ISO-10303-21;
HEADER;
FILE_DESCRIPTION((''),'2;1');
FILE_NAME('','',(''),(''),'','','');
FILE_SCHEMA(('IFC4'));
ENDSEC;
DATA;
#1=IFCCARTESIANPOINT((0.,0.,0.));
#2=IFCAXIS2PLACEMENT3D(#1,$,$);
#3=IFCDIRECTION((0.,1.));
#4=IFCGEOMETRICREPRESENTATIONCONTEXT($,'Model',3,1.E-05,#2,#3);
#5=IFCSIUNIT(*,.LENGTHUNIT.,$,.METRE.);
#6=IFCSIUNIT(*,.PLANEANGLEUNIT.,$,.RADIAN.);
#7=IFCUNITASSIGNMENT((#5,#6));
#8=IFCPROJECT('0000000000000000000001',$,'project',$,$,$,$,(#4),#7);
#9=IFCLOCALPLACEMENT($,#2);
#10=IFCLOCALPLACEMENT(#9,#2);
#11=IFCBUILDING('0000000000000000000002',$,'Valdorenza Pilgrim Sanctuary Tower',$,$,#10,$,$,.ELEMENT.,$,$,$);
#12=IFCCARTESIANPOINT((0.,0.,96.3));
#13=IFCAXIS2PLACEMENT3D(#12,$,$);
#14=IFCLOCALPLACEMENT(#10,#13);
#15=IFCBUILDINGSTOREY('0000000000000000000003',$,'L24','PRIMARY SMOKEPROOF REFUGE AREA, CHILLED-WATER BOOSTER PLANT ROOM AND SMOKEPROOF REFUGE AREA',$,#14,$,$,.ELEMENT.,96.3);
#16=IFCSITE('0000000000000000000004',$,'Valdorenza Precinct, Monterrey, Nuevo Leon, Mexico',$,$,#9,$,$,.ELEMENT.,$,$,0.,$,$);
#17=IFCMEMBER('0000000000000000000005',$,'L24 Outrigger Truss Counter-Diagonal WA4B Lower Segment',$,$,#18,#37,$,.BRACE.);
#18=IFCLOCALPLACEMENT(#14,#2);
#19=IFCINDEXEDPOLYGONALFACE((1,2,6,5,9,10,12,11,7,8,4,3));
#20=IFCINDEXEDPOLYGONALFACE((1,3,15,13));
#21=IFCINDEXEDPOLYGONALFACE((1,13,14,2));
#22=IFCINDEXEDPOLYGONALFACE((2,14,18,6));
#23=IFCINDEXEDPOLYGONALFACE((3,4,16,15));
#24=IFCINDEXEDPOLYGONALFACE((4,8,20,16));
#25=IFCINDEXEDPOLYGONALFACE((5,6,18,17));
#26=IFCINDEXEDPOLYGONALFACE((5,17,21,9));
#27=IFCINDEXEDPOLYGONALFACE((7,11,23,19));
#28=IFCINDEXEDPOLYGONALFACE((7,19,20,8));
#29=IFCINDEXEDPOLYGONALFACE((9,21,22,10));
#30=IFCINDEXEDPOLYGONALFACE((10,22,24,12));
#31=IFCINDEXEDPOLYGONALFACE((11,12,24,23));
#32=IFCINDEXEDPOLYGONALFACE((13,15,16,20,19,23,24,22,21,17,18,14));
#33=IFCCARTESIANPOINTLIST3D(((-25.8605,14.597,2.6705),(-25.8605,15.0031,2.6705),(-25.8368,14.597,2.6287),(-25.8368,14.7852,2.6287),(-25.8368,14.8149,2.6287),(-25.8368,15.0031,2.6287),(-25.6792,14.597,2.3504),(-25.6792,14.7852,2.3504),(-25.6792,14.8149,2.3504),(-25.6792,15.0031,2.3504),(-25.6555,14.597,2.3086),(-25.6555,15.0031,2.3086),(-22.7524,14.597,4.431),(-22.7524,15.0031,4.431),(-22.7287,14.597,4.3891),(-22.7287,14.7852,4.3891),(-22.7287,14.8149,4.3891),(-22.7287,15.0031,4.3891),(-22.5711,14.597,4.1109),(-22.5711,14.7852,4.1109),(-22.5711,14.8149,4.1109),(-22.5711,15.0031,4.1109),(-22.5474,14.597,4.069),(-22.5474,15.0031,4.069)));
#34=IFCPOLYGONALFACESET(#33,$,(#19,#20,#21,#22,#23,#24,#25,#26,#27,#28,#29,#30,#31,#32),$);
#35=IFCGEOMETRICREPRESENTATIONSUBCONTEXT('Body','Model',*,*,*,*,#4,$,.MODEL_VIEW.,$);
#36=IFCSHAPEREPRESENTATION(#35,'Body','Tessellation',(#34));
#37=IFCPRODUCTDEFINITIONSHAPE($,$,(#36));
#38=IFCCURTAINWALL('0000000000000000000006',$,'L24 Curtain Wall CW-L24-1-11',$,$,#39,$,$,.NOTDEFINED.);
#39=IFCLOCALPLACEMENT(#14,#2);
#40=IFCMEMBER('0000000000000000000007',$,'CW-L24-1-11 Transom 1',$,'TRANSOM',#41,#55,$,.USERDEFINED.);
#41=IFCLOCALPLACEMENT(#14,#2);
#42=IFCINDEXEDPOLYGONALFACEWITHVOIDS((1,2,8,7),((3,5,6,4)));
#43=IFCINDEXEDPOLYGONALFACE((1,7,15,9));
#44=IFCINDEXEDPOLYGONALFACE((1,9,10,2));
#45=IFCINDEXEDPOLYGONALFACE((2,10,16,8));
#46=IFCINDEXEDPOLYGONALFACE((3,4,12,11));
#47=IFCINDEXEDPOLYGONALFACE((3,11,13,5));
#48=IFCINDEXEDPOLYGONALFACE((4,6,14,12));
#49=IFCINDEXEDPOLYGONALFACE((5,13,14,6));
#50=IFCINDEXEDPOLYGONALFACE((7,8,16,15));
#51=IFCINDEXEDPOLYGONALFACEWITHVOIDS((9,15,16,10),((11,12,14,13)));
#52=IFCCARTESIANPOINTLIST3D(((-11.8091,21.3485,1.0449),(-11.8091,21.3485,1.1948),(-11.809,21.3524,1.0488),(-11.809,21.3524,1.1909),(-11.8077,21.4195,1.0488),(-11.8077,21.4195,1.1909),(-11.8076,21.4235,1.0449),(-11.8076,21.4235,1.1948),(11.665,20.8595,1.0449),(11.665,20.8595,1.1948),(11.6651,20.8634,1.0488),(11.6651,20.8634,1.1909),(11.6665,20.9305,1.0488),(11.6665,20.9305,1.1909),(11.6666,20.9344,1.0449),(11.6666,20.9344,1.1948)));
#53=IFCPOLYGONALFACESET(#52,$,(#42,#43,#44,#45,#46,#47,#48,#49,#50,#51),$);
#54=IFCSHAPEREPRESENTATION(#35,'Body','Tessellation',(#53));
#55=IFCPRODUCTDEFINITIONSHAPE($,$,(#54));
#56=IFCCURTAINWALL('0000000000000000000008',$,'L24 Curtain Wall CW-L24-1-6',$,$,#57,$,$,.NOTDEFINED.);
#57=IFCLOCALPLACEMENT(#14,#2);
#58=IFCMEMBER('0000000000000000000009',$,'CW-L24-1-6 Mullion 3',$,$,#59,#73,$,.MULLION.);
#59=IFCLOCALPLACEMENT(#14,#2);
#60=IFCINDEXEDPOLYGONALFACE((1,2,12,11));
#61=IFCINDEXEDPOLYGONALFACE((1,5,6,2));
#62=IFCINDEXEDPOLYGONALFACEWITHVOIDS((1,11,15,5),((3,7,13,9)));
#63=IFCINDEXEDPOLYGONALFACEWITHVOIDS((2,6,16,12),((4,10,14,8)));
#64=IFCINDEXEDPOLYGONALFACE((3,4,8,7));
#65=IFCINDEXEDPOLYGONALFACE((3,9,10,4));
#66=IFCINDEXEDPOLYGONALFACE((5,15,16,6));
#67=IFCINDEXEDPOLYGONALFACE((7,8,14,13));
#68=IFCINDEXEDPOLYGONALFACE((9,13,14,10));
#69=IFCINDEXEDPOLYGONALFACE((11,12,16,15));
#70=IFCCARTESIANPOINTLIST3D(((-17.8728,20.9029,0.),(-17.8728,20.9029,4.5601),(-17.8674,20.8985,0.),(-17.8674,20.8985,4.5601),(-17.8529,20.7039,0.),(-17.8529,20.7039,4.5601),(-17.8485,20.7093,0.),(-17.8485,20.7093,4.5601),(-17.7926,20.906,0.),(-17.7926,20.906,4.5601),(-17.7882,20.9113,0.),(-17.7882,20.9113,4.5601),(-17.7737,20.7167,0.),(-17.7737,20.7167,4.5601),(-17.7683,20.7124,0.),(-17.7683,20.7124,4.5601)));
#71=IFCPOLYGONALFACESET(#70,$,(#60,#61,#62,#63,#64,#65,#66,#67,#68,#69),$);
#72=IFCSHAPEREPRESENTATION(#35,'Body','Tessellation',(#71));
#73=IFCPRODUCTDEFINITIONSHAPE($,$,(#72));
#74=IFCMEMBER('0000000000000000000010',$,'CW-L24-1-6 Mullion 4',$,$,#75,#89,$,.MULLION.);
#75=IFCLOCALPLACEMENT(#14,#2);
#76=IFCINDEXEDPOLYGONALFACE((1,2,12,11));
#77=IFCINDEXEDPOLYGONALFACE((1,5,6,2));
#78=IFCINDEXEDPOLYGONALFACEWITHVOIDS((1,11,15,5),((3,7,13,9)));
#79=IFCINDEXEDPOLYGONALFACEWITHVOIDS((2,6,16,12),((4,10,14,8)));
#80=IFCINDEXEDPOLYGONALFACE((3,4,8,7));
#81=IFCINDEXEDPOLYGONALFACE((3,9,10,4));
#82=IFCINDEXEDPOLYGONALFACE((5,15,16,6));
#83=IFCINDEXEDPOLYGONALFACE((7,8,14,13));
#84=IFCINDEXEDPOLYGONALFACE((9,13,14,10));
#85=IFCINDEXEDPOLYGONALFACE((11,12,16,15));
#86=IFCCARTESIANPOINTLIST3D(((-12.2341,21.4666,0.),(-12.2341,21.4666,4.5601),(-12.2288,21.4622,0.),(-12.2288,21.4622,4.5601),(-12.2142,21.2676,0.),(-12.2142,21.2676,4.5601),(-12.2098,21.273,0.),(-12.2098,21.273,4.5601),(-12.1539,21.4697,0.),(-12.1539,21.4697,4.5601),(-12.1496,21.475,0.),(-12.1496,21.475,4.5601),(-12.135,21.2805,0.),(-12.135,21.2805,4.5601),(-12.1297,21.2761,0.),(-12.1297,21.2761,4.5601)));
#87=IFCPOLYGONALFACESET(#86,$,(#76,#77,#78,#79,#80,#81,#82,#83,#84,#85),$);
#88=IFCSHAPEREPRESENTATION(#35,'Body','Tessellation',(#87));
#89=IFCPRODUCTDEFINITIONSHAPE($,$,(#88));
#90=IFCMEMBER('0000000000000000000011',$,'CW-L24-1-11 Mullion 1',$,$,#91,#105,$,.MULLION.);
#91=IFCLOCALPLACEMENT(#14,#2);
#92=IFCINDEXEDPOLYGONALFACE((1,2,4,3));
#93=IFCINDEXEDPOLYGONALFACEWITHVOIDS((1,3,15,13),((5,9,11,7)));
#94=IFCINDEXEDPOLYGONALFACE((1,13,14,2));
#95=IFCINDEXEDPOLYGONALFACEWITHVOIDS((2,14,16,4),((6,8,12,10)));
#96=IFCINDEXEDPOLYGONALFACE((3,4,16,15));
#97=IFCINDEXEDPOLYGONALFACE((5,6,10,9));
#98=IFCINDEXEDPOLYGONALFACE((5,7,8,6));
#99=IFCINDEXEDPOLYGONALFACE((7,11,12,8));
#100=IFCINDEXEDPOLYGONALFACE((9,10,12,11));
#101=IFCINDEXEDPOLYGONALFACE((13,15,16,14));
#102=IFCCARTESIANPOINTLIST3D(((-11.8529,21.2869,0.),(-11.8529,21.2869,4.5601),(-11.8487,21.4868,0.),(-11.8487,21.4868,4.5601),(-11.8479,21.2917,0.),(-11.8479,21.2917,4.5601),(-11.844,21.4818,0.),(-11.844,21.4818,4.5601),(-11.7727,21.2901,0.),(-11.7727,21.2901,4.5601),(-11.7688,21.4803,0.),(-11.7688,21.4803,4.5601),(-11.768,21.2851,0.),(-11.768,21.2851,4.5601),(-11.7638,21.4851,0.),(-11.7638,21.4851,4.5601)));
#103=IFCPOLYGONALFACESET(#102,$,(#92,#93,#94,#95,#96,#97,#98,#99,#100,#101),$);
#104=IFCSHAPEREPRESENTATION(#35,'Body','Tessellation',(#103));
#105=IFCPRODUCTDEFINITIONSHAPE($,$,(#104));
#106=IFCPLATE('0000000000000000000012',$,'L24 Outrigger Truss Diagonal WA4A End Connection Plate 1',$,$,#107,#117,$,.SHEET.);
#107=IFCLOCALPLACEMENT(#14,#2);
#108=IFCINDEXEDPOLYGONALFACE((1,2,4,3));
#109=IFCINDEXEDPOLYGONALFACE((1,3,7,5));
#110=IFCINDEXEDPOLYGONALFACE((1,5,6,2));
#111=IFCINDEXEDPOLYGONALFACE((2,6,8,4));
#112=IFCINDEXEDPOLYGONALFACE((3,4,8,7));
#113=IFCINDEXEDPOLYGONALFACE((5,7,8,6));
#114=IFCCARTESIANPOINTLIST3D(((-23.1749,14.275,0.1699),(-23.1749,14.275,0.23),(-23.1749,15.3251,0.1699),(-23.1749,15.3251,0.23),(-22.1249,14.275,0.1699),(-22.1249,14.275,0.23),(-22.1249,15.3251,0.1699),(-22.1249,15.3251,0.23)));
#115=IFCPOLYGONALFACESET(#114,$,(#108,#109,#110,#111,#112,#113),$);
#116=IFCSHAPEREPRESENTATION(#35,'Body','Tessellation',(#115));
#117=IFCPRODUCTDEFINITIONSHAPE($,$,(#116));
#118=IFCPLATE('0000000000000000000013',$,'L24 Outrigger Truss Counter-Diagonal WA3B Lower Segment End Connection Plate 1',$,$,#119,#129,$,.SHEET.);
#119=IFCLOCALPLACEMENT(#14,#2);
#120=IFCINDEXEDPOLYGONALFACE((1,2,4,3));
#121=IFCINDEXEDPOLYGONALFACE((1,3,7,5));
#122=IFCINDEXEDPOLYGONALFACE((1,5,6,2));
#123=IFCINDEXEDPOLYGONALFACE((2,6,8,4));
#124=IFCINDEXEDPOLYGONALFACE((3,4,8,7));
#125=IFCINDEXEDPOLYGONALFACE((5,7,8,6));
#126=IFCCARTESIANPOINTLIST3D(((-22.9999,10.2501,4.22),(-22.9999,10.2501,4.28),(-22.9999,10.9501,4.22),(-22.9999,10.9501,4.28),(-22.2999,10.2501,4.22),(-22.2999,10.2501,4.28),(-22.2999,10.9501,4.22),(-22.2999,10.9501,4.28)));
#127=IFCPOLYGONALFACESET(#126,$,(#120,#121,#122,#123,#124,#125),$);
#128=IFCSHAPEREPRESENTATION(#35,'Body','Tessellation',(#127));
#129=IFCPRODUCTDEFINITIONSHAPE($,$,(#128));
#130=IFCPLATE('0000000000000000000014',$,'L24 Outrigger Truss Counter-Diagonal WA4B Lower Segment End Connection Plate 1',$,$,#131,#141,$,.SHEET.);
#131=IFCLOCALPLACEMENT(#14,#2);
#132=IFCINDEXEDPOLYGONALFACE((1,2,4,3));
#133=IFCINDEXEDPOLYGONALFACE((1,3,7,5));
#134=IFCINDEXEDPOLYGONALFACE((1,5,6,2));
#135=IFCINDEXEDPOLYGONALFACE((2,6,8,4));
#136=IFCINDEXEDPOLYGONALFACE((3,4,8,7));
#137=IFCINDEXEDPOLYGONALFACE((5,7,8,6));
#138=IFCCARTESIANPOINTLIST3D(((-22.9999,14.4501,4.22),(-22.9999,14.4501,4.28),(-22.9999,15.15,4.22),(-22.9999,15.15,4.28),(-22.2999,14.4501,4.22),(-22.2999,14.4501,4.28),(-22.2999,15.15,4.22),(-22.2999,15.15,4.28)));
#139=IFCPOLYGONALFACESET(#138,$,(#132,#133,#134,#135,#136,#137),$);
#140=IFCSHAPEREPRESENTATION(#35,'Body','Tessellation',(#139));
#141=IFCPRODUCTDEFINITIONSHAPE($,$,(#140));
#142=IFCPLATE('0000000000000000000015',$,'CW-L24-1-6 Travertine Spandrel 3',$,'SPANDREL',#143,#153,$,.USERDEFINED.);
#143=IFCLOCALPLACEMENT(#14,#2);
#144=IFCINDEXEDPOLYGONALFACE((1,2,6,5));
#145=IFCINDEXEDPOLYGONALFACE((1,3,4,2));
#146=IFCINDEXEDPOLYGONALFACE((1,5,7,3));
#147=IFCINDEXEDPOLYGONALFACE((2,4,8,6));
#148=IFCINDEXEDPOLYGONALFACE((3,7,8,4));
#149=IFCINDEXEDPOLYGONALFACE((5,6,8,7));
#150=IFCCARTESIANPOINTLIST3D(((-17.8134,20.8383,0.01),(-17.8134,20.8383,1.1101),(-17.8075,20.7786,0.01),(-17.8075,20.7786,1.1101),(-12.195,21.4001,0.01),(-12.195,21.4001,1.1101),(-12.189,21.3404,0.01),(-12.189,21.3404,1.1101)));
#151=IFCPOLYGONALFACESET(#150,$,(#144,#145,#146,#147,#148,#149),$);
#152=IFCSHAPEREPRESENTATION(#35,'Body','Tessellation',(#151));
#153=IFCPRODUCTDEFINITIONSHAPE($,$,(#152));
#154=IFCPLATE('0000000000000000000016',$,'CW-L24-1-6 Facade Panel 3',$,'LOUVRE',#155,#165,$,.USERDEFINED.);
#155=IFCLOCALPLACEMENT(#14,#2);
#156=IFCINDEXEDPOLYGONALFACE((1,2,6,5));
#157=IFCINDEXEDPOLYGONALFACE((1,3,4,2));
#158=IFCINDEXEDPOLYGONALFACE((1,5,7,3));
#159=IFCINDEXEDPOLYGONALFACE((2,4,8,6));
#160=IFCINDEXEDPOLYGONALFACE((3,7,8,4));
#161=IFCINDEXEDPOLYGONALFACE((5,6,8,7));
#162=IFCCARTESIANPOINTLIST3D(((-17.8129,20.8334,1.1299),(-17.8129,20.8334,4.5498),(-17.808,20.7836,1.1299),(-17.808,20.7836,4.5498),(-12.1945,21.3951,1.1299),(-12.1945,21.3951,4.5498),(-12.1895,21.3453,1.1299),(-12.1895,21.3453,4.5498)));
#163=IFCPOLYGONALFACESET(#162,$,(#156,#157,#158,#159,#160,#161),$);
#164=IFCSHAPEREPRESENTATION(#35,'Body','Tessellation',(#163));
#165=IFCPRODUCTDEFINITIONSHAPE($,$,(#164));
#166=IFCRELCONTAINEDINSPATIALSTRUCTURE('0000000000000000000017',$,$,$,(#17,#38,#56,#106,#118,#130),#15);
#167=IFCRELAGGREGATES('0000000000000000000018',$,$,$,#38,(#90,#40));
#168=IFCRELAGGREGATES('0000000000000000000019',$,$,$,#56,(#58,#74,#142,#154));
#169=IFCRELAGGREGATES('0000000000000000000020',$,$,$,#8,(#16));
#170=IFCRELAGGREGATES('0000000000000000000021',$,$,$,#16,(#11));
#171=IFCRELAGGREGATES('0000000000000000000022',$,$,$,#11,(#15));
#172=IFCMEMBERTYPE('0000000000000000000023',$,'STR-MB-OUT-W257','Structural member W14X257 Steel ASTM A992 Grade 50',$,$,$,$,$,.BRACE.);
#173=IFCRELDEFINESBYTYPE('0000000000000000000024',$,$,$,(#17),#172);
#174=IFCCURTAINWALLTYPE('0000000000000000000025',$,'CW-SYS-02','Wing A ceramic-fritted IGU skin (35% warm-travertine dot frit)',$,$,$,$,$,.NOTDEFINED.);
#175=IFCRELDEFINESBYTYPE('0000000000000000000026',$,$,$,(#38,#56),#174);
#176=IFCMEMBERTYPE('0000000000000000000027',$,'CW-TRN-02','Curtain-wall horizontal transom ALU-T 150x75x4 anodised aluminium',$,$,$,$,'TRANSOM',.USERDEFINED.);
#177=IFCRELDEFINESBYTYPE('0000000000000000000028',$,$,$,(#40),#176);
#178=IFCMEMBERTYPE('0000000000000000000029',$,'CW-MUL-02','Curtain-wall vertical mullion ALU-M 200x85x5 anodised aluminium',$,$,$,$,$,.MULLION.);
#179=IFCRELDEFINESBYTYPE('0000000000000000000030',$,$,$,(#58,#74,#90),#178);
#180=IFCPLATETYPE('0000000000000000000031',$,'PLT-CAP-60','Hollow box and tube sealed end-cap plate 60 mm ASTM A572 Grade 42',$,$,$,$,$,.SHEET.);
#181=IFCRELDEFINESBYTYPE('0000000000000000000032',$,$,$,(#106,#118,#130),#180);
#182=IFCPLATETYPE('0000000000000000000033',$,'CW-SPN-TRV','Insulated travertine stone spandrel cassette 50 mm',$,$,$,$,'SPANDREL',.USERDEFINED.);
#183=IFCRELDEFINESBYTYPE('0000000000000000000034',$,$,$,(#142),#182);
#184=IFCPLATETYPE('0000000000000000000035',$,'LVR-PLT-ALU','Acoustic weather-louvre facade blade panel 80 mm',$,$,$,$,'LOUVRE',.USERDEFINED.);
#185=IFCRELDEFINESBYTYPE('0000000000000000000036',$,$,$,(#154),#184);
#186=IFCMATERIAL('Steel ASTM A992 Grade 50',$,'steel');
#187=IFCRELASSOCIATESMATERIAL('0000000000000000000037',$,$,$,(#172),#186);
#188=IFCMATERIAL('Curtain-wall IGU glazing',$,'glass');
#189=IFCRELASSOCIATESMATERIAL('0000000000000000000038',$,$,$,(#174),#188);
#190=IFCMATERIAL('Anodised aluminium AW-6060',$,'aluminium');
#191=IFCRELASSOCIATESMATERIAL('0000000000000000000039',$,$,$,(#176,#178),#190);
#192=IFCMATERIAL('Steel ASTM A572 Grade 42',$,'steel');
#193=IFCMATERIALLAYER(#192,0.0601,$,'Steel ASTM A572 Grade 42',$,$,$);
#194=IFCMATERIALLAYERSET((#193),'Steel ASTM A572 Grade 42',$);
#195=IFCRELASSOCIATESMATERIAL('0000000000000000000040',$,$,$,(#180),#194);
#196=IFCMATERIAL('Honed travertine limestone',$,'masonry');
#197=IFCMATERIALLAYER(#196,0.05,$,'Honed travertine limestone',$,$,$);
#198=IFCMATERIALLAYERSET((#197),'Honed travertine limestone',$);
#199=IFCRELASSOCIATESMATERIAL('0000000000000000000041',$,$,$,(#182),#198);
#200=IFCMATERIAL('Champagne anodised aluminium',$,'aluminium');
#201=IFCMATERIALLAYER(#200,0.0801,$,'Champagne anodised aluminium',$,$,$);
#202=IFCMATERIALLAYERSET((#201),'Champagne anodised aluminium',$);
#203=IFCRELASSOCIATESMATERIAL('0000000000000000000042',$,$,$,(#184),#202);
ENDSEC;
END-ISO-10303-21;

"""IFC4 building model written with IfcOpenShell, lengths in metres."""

from ifc_helpers import new_model, si_unit, direction, frame, origin, origin_2d, place, context, subcontext, project, spatial, rectangle, hollow_rectangle, i_section, extrude, source, transform, mapped, material, layer, layer_set, material_profile, profile_set, type_object, element, aggregate, save


model = new_model("IFC4")

# Units and contexts
model_context = context("Model", 3, precision=1e-05, world=origin(), true_north=direction((0.0, 1.0)))
body_context = subcontext(model_context, "Body", "Model", "MODEL_VIEW")
ifc_project = project(units=[si_unit("LENGTHUNIT", "METRE"), si_unit("PLANEANGLEUNIT", "RADIAN")], contexts=[model_context])

# Site, building, storey
site_placement = place(None, origin())
site = spatial("IfcSite", under=ifc_project, at=site_placement, Name="Valdorenza Precinct, Monterrey, Nuevo Leon, Mexico", CompositionType="ELEMENT", RefElevation=0.0)
building_placement = place(site_placement, origin())
building = spatial("IfcBuilding", under=site, at=building_placement, Name="Valdorenza Pilgrim Sanctuary Tower", CompositionType="ELEMENT")
storey_placement = place(building_placement, frame((0.0, 0.0, 96.3)))
storey = spatial("IfcBuildingStorey", under=building, at=storey_placement, Name="L24", Description="PRIMARY SMOKEPROOF REFUGE AREA, CHILLED-WATER BOOSTER PLANT ROOM AND SMOKEPROOF REFUGE AREA", CompositionType="ELEMENT", Elevation=96.3)

# Shared definitions
ifc_material_1 = material(Name="Steel ASTM A992 Grade 50", Category="steel")

# Member
ifc_material_2 = material(Name="Steel ASTM A572 Grade 42", Category="steel")
ifc_material_profile_1 = material_profile(ifc_material_1, i_section(OverallWidth=0.406, OverallDepth=0.416, WebThickness=0.0298, FlangeThickness=0.0481, at=origin_2d()), Name="W14X257")
ifc_profile_set_1 = profile_set([ifc_material_profile_1], Name="Steel ASTM A992 Grade 50")
member_type_1 = type_object("IfcMemberType", Name="STR-MB-OUT-W257", Description="Structural member W14X257 Steel ASTM A992 Grade 50", PredefinedType="BRACE", material=ifc_profile_set_1)
shared_shape_1 = source(origin(), body_context, "Body", "SweptSolid", [
    extrude(i_section(OverallWidth=0.406, OverallDepth=0.416, WebThickness=0.0298, FlangeThickness=0.0481, at=origin_2d()), origin(), (0.0, 0.0, 1.0), 3.572),
])
for number, where, z_axis, x_axis, name in (
    (1, (-22.6499, 14.8, 4.25), (-0.870117, 0.0, -0.492845), (0.0, -1.0, 0.0), "L24 Outrigger Truss Counter-Diagonal WA4B Lower Segment"),
):
    element("IfcMember", number, at=place(storey_placement, frame(where, z_axis=z_axis, x_axis=x_axis)), inside=storey, type_object=member_type_1, Name=name, PredefinedType="BRACE", context=body_context, shape_type="MappedRepresentation", body=[
        mapped(shared_shape_1, transform((0.0, 0.0, 0.0), x_axis=(1.0, 0.0, 0.0), y_axis=(0.0, 1.0, 0.0), z_axis=(0.0, 0.0, 1.0), scale=1.0)),
    ])

# Curtain wall, member
ifc_material_3 = material(Name="Curtain-wall IGU glazing", Category="glass")
curtain_wall_type = type_object("IfcCurtainWallType", Name="CW-SYS-02", Description="Wing A ceramic-fritted IGU skin (35% warm-travertine dot frit)", PredefinedType="NOTDEFINED", material=ifc_material_3)
curtain_wall_1_placement = place(storey_placement, origin())
curtain_wall_1 = element("IfcCurtainWall", 2, at=curtain_wall_1_placement, inside=storey, type_object=curtain_wall_type, Name="L24 Curtain Wall CW-L24-1-11", PredefinedType="NOTDEFINED")
ifc_material_4 = material(Name="Anodised aluminium AW-6060", Category="aluminium")
ifc_material_profile_2 = material_profile(ifc_material_4, hollow_rectangle(XDim=0.075, YDim=0.1499, WallThickness=0.0039, at=origin_2d()), Name="ALU-T 150x75x4")
ifc_profile_set_2 = profile_set([ifc_material_profile_2], Name="Anodised aluminium AW-6060")
member_type_2 = type_object("IfcMemberType", Name="CW-TRN-02", Description="Curtain-wall horizontal transom ALU-T 150x75x4 anodised aluminium", ElementType="TRANSOM", PredefinedType="USERDEFINED", material=ifc_profile_set_2)
shared_shape_2 = source(origin(), body_context, "Body", "SweptSolid", [
    extrude(hollow_rectangle(XDim=0.075, YDim=0.1499, WallThickness=0.0039, at=origin_2d()), origin(), (0.0, 0.0, 1.0), 23.4792),
])
member_1_placement = place(storey_placement, frame((-11.8083, 21.386, 1.1199), z_axis=(0.999783, -0.020828, 0.0), x_axis=(0.020828, 0.999783, 0.0)))
member_1 = element("IfcMember", 3, at=member_1_placement, type_object=member_type_2, Name="CW-L24-1-11 Transom 1", ObjectType="TRANSOM", PredefinedType="USERDEFINED", context=body_context, shape_type="MappedRepresentation", body=[
    mapped(shared_shape_2, transform((0.0, 0.0, 0.0), x_axis=(1.0, 0.0, 0.0), y_axis=(0.0, 1.0, 0.0), z_axis=(0.0, 0.0, 1.0), scale=1.0)),
])

# Curtain wall, members
curtain_wall_2_placement = place(storey_placement, origin())
curtain_wall_2 = element("IfcCurtainWall", 4, at=curtain_wall_2_placement, inside=storey, type_object=curtain_wall_type, Name="L24 Curtain Wall CW-L24-1-6", PredefinedType="NOTDEFINED")
ifc_material_profile_3 = material_profile(ifc_material_4, hollow_rectangle(XDim=0.085, YDim=0.2, WallThickness=0.0049, at=origin_2d()), Name="ALU-M 200x85x5")
ifc_profile_set_3 = profile_set([ifc_material_profile_3], Name="Anodised aluminium AW-6060")
member_type_3 = type_object("IfcMemberType", Name="CW-MUL-02", Description="Curtain-wall vertical mullion ALU-M 200x85x5 anodised aluminium", PredefinedType="MULLION", material=ifc_profile_set_3)
shared_shape_3 = source(origin(), body_context, "Body", "SweptSolid", [
    extrude(hollow_rectangle(XDim=0.085, YDim=0.2, WallThickness=0.0049, at=origin_2d()), origin(), (0.0, 0.0, 1.0), 4.5601),
])
member_2_placement = place(storey_placement, frame((-17.8206, 20.8076, 0.0), z_axis=(0.0, 0.0, 1.0), x_axis=(0.995038, 0.099493, 0.0)))
member_2 = element("IfcMember", 5, at=member_2_placement, type_object=member_type_3, Name="CW-L24-1-6 Mullion 3", PredefinedType="MULLION", context=body_context, shape_type="MappedRepresentation", body=[
    mapped(shared_shape_3, transform((0.0, 0.0, 0.0), x_axis=(1.0, 0.0, 0.0), y_axis=(0.0, 1.0, 0.0), z_axis=(0.0, 0.0, 1.0), scale=1.0)),
])
member_3_placement = place(storey_placement, frame((-12.1819, 21.3713, 0.0), z_axis=(0.0, 0.0, 1.0), x_axis=(0.995038, 0.099493, 0.0)))
member_3 = element("IfcMember", 6, at=member_3_placement, type_object=member_type_3, Name="CW-L24-1-6 Mullion 4", PredefinedType="MULLION", context=body_context, shape_type="MappedRepresentation", body=[
    mapped(shared_shape_3, transform((0.0, 0.0, 0.0), x_axis=(1.0, 0.0, 0.0), y_axis=(0.0, 1.0, 0.0), z_axis=(0.0, 0.0, 1.0), scale=1.0)),
])

# Member
member_4_placement = place(storey_placement, frame((-11.8083, 21.386, 0.0), z_axis=(0.0, 0.0, 1.0), x_axis=(0.999783, -0.02082, 0.0)))
member_4 = element("IfcMember", 7, at=member_4_placement, type_object=member_type_3, Name="CW-L24-1-11 Mullion 1", PredefinedType="MULLION", context=body_context, shape_type="MappedRepresentation", body=[
    mapped(shared_shape_3, transform((0.0, 0.0, 0.0), x_axis=(1.0, 0.0, 0.0), y_axis=(0.0, 1.0, 0.0), z_axis=(0.0, 0.0, 1.0), scale=1.0)),
])
aggregate(curtain_wall_1, [member_4, member_1])

# Plates
ifc_layer_1 = layer(ifc_material_2, 0.0601, Name="Steel ASTM A572 Grade 42")
ifc_layer_set_1 = layer_set([ifc_layer_1], Name="Steel ASTM A572 Grade 42")
plate_type_1 = type_object("IfcPlateType", Name="PLT-CAP-60", Description="Hollow box and tube sealed end-cap plate 60 mm ASTM A572 Grade 42", PredefinedType="SHEET", material=ifc_layer_set_1)
shared_shape_4 = source(origin(), body_context, "Body", "SweptSolid", [
    extrude(rectangle(XDim=1.05, YDim=1.05, at=origin_2d()), origin(), (0.0, 0.0, 1.0), 0.0601),
])
plate_1_placement = place(storey_placement, frame((-22.6499, 14.8, 0.1699), z_axis=(0.0, 0.0, 1.0), x_axis=(1.0, 0.0, 0.0)))
element("IfcPlate", 8, at=plate_1_placement, inside=storey, type_object=plate_type_1, Name="L24 Outrigger Truss Diagonal WA4A End Connection Plate 1", PredefinedType="SHEET", context=body_context, shape_type="MappedRepresentation", body=[
    mapped(shared_shape_4, transform((0.0, 0.0, 0.0), x_axis=(1.0, 0.0, 0.0), y_axis=(0.0, 1.0, 0.0), z_axis=(0.0, 0.0, 1.0), scale=1.0)),
])
shared_shape_5 = source(origin(), body_context, "Body", "SweptSolid", [
    extrude(rectangle(XDim=0.7, YDim=0.7, at=origin_2d()), origin(), (0.0, 0.0, 1.0), 0.0601),
])
for number, where, z_axis, x_axis, name in (
    (9, (-22.6499, 10.6001, 4.22), (0.0, 0.0, 1.0), (1.0, 0.0, 0.0), "L24 Outrigger Truss Counter-Diagonal WA3B Lower Segment End Connection Plate 1"),
    (10, (-22.6499, 14.8, 4.22), (0.0, 0.0, 1.0), (1.0, 0.0, 0.0), "L24 Outrigger Truss Counter-Diagonal WA4B Lower Segment End Connection Plate 1"),
):
    element("IfcPlate", number, at=place(storey_placement, frame(where, z_axis=z_axis, x_axis=x_axis)), inside=storey, type_object=plate_type_1, Name=name, PredefinedType="SHEET", context=body_context, shape_type="MappedRepresentation", body=[
        mapped(shared_shape_5, transform((0.0, 0.0, 0.0), x_axis=(1.0, 0.0, 0.0), y_axis=(0.0, 1.0, 0.0), z_axis=(0.0, 0.0, 1.0), scale=1.0)),
    ])

# Plates
ifc_material_5 = material(Name="Honed travertine limestone", Category="masonry")
ifc_layer_2 = layer(ifc_material_5, 0.05, Name="Honed travertine limestone")
ifc_layer_set_2 = layer_set([ifc_layer_2], Name="Honed travertine limestone")
plate_type_2 = type_object("IfcPlateType", Name="CW-SPN-TRV", Description="Insulated travertine stone spandrel cassette 50 mm", ElementType="SPANDREL", PredefinedType="USERDEFINED", material=ifc_layer_set_2)
shared_shape_6 = source(origin(), body_context, "Body", "SweptSolid", [
    extrude(rectangle(XDim=5.6465, YDim=0.0601, at=origin_2d()), origin(), (0.0, 0.0, 1.0), 1.1001),
])
plate_2_placement = place(storey_placement, frame((-15.0012, 21.0894, 0.01), z_axis=(0.0, 0.0, 1.0), x_axis=(0.995038, 0.099493, 0.0)))
plate_2 = element("IfcPlate", 11, at=plate_2_placement, type_object=plate_type_2, Name="CW-L24-1-6 Travertine Spandrel 3", ObjectType="SPANDREL", PredefinedType="USERDEFINED", context=body_context, shape_type="MappedRepresentation", body=[
    mapped(shared_shape_6, transform((0.0, 0.0, 0.0), x_axis=(1.0, 0.0, 0.0), y_axis=(0.0, 1.0, 0.0), z_axis=(0.0, 0.0, 1.0), scale=1.0)),
])
ifc_material_6 = material(Name="Champagne anodised aluminium", Category="aluminium")
ifc_layer_3 = layer(ifc_material_6, 0.0801, Name="Champagne anodised aluminium")
ifc_layer_set_3 = layer_set([ifc_layer_3], Name="Champagne anodised aluminium")
plate_type_3 = type_object("IfcPlateType", Name="LVR-PLT-ALU", Description="Acoustic weather-louvre facade blade panel 80 mm", ElementType="LOUVRE", PredefinedType="USERDEFINED", material=ifc_layer_set_3)
shared_shape_7 = source(origin(), body_context, "Body", "SweptSolid", [
    extrude(rectangle(XDim=5.6465, YDim=0.05, at=origin_2d()), origin(), (0.0, 0.0, 1.0), 3.4199),
])
plate_3_placement = place(storey_placement, frame((-15.0012, 21.0894, 1.1299), z_axis=(0.0, 0.0, 1.0), x_axis=(0.995038, 0.099493, 0.0)))
plate_3 = element("IfcPlate", 12, at=plate_3_placement, type_object=plate_type_3, Name="CW-L24-1-6 Facade Panel 3", ObjectType="LOUVRE", PredefinedType="USERDEFINED", context=body_context, shape_type="MappedRepresentation", body=[
    mapped(shared_shape_7, transform((0.0, 0.0, 0.0), x_axis=(1.0, 0.0, 0.0), y_axis=(0.0, 1.0, 0.0), z_axis=(0.0, 0.0, 1.0), scale=1.0)),
])
aggregate(curtain_wall_2, [member_2, member_3, plate_2, plate_3])

save(model, "model.ifc")
